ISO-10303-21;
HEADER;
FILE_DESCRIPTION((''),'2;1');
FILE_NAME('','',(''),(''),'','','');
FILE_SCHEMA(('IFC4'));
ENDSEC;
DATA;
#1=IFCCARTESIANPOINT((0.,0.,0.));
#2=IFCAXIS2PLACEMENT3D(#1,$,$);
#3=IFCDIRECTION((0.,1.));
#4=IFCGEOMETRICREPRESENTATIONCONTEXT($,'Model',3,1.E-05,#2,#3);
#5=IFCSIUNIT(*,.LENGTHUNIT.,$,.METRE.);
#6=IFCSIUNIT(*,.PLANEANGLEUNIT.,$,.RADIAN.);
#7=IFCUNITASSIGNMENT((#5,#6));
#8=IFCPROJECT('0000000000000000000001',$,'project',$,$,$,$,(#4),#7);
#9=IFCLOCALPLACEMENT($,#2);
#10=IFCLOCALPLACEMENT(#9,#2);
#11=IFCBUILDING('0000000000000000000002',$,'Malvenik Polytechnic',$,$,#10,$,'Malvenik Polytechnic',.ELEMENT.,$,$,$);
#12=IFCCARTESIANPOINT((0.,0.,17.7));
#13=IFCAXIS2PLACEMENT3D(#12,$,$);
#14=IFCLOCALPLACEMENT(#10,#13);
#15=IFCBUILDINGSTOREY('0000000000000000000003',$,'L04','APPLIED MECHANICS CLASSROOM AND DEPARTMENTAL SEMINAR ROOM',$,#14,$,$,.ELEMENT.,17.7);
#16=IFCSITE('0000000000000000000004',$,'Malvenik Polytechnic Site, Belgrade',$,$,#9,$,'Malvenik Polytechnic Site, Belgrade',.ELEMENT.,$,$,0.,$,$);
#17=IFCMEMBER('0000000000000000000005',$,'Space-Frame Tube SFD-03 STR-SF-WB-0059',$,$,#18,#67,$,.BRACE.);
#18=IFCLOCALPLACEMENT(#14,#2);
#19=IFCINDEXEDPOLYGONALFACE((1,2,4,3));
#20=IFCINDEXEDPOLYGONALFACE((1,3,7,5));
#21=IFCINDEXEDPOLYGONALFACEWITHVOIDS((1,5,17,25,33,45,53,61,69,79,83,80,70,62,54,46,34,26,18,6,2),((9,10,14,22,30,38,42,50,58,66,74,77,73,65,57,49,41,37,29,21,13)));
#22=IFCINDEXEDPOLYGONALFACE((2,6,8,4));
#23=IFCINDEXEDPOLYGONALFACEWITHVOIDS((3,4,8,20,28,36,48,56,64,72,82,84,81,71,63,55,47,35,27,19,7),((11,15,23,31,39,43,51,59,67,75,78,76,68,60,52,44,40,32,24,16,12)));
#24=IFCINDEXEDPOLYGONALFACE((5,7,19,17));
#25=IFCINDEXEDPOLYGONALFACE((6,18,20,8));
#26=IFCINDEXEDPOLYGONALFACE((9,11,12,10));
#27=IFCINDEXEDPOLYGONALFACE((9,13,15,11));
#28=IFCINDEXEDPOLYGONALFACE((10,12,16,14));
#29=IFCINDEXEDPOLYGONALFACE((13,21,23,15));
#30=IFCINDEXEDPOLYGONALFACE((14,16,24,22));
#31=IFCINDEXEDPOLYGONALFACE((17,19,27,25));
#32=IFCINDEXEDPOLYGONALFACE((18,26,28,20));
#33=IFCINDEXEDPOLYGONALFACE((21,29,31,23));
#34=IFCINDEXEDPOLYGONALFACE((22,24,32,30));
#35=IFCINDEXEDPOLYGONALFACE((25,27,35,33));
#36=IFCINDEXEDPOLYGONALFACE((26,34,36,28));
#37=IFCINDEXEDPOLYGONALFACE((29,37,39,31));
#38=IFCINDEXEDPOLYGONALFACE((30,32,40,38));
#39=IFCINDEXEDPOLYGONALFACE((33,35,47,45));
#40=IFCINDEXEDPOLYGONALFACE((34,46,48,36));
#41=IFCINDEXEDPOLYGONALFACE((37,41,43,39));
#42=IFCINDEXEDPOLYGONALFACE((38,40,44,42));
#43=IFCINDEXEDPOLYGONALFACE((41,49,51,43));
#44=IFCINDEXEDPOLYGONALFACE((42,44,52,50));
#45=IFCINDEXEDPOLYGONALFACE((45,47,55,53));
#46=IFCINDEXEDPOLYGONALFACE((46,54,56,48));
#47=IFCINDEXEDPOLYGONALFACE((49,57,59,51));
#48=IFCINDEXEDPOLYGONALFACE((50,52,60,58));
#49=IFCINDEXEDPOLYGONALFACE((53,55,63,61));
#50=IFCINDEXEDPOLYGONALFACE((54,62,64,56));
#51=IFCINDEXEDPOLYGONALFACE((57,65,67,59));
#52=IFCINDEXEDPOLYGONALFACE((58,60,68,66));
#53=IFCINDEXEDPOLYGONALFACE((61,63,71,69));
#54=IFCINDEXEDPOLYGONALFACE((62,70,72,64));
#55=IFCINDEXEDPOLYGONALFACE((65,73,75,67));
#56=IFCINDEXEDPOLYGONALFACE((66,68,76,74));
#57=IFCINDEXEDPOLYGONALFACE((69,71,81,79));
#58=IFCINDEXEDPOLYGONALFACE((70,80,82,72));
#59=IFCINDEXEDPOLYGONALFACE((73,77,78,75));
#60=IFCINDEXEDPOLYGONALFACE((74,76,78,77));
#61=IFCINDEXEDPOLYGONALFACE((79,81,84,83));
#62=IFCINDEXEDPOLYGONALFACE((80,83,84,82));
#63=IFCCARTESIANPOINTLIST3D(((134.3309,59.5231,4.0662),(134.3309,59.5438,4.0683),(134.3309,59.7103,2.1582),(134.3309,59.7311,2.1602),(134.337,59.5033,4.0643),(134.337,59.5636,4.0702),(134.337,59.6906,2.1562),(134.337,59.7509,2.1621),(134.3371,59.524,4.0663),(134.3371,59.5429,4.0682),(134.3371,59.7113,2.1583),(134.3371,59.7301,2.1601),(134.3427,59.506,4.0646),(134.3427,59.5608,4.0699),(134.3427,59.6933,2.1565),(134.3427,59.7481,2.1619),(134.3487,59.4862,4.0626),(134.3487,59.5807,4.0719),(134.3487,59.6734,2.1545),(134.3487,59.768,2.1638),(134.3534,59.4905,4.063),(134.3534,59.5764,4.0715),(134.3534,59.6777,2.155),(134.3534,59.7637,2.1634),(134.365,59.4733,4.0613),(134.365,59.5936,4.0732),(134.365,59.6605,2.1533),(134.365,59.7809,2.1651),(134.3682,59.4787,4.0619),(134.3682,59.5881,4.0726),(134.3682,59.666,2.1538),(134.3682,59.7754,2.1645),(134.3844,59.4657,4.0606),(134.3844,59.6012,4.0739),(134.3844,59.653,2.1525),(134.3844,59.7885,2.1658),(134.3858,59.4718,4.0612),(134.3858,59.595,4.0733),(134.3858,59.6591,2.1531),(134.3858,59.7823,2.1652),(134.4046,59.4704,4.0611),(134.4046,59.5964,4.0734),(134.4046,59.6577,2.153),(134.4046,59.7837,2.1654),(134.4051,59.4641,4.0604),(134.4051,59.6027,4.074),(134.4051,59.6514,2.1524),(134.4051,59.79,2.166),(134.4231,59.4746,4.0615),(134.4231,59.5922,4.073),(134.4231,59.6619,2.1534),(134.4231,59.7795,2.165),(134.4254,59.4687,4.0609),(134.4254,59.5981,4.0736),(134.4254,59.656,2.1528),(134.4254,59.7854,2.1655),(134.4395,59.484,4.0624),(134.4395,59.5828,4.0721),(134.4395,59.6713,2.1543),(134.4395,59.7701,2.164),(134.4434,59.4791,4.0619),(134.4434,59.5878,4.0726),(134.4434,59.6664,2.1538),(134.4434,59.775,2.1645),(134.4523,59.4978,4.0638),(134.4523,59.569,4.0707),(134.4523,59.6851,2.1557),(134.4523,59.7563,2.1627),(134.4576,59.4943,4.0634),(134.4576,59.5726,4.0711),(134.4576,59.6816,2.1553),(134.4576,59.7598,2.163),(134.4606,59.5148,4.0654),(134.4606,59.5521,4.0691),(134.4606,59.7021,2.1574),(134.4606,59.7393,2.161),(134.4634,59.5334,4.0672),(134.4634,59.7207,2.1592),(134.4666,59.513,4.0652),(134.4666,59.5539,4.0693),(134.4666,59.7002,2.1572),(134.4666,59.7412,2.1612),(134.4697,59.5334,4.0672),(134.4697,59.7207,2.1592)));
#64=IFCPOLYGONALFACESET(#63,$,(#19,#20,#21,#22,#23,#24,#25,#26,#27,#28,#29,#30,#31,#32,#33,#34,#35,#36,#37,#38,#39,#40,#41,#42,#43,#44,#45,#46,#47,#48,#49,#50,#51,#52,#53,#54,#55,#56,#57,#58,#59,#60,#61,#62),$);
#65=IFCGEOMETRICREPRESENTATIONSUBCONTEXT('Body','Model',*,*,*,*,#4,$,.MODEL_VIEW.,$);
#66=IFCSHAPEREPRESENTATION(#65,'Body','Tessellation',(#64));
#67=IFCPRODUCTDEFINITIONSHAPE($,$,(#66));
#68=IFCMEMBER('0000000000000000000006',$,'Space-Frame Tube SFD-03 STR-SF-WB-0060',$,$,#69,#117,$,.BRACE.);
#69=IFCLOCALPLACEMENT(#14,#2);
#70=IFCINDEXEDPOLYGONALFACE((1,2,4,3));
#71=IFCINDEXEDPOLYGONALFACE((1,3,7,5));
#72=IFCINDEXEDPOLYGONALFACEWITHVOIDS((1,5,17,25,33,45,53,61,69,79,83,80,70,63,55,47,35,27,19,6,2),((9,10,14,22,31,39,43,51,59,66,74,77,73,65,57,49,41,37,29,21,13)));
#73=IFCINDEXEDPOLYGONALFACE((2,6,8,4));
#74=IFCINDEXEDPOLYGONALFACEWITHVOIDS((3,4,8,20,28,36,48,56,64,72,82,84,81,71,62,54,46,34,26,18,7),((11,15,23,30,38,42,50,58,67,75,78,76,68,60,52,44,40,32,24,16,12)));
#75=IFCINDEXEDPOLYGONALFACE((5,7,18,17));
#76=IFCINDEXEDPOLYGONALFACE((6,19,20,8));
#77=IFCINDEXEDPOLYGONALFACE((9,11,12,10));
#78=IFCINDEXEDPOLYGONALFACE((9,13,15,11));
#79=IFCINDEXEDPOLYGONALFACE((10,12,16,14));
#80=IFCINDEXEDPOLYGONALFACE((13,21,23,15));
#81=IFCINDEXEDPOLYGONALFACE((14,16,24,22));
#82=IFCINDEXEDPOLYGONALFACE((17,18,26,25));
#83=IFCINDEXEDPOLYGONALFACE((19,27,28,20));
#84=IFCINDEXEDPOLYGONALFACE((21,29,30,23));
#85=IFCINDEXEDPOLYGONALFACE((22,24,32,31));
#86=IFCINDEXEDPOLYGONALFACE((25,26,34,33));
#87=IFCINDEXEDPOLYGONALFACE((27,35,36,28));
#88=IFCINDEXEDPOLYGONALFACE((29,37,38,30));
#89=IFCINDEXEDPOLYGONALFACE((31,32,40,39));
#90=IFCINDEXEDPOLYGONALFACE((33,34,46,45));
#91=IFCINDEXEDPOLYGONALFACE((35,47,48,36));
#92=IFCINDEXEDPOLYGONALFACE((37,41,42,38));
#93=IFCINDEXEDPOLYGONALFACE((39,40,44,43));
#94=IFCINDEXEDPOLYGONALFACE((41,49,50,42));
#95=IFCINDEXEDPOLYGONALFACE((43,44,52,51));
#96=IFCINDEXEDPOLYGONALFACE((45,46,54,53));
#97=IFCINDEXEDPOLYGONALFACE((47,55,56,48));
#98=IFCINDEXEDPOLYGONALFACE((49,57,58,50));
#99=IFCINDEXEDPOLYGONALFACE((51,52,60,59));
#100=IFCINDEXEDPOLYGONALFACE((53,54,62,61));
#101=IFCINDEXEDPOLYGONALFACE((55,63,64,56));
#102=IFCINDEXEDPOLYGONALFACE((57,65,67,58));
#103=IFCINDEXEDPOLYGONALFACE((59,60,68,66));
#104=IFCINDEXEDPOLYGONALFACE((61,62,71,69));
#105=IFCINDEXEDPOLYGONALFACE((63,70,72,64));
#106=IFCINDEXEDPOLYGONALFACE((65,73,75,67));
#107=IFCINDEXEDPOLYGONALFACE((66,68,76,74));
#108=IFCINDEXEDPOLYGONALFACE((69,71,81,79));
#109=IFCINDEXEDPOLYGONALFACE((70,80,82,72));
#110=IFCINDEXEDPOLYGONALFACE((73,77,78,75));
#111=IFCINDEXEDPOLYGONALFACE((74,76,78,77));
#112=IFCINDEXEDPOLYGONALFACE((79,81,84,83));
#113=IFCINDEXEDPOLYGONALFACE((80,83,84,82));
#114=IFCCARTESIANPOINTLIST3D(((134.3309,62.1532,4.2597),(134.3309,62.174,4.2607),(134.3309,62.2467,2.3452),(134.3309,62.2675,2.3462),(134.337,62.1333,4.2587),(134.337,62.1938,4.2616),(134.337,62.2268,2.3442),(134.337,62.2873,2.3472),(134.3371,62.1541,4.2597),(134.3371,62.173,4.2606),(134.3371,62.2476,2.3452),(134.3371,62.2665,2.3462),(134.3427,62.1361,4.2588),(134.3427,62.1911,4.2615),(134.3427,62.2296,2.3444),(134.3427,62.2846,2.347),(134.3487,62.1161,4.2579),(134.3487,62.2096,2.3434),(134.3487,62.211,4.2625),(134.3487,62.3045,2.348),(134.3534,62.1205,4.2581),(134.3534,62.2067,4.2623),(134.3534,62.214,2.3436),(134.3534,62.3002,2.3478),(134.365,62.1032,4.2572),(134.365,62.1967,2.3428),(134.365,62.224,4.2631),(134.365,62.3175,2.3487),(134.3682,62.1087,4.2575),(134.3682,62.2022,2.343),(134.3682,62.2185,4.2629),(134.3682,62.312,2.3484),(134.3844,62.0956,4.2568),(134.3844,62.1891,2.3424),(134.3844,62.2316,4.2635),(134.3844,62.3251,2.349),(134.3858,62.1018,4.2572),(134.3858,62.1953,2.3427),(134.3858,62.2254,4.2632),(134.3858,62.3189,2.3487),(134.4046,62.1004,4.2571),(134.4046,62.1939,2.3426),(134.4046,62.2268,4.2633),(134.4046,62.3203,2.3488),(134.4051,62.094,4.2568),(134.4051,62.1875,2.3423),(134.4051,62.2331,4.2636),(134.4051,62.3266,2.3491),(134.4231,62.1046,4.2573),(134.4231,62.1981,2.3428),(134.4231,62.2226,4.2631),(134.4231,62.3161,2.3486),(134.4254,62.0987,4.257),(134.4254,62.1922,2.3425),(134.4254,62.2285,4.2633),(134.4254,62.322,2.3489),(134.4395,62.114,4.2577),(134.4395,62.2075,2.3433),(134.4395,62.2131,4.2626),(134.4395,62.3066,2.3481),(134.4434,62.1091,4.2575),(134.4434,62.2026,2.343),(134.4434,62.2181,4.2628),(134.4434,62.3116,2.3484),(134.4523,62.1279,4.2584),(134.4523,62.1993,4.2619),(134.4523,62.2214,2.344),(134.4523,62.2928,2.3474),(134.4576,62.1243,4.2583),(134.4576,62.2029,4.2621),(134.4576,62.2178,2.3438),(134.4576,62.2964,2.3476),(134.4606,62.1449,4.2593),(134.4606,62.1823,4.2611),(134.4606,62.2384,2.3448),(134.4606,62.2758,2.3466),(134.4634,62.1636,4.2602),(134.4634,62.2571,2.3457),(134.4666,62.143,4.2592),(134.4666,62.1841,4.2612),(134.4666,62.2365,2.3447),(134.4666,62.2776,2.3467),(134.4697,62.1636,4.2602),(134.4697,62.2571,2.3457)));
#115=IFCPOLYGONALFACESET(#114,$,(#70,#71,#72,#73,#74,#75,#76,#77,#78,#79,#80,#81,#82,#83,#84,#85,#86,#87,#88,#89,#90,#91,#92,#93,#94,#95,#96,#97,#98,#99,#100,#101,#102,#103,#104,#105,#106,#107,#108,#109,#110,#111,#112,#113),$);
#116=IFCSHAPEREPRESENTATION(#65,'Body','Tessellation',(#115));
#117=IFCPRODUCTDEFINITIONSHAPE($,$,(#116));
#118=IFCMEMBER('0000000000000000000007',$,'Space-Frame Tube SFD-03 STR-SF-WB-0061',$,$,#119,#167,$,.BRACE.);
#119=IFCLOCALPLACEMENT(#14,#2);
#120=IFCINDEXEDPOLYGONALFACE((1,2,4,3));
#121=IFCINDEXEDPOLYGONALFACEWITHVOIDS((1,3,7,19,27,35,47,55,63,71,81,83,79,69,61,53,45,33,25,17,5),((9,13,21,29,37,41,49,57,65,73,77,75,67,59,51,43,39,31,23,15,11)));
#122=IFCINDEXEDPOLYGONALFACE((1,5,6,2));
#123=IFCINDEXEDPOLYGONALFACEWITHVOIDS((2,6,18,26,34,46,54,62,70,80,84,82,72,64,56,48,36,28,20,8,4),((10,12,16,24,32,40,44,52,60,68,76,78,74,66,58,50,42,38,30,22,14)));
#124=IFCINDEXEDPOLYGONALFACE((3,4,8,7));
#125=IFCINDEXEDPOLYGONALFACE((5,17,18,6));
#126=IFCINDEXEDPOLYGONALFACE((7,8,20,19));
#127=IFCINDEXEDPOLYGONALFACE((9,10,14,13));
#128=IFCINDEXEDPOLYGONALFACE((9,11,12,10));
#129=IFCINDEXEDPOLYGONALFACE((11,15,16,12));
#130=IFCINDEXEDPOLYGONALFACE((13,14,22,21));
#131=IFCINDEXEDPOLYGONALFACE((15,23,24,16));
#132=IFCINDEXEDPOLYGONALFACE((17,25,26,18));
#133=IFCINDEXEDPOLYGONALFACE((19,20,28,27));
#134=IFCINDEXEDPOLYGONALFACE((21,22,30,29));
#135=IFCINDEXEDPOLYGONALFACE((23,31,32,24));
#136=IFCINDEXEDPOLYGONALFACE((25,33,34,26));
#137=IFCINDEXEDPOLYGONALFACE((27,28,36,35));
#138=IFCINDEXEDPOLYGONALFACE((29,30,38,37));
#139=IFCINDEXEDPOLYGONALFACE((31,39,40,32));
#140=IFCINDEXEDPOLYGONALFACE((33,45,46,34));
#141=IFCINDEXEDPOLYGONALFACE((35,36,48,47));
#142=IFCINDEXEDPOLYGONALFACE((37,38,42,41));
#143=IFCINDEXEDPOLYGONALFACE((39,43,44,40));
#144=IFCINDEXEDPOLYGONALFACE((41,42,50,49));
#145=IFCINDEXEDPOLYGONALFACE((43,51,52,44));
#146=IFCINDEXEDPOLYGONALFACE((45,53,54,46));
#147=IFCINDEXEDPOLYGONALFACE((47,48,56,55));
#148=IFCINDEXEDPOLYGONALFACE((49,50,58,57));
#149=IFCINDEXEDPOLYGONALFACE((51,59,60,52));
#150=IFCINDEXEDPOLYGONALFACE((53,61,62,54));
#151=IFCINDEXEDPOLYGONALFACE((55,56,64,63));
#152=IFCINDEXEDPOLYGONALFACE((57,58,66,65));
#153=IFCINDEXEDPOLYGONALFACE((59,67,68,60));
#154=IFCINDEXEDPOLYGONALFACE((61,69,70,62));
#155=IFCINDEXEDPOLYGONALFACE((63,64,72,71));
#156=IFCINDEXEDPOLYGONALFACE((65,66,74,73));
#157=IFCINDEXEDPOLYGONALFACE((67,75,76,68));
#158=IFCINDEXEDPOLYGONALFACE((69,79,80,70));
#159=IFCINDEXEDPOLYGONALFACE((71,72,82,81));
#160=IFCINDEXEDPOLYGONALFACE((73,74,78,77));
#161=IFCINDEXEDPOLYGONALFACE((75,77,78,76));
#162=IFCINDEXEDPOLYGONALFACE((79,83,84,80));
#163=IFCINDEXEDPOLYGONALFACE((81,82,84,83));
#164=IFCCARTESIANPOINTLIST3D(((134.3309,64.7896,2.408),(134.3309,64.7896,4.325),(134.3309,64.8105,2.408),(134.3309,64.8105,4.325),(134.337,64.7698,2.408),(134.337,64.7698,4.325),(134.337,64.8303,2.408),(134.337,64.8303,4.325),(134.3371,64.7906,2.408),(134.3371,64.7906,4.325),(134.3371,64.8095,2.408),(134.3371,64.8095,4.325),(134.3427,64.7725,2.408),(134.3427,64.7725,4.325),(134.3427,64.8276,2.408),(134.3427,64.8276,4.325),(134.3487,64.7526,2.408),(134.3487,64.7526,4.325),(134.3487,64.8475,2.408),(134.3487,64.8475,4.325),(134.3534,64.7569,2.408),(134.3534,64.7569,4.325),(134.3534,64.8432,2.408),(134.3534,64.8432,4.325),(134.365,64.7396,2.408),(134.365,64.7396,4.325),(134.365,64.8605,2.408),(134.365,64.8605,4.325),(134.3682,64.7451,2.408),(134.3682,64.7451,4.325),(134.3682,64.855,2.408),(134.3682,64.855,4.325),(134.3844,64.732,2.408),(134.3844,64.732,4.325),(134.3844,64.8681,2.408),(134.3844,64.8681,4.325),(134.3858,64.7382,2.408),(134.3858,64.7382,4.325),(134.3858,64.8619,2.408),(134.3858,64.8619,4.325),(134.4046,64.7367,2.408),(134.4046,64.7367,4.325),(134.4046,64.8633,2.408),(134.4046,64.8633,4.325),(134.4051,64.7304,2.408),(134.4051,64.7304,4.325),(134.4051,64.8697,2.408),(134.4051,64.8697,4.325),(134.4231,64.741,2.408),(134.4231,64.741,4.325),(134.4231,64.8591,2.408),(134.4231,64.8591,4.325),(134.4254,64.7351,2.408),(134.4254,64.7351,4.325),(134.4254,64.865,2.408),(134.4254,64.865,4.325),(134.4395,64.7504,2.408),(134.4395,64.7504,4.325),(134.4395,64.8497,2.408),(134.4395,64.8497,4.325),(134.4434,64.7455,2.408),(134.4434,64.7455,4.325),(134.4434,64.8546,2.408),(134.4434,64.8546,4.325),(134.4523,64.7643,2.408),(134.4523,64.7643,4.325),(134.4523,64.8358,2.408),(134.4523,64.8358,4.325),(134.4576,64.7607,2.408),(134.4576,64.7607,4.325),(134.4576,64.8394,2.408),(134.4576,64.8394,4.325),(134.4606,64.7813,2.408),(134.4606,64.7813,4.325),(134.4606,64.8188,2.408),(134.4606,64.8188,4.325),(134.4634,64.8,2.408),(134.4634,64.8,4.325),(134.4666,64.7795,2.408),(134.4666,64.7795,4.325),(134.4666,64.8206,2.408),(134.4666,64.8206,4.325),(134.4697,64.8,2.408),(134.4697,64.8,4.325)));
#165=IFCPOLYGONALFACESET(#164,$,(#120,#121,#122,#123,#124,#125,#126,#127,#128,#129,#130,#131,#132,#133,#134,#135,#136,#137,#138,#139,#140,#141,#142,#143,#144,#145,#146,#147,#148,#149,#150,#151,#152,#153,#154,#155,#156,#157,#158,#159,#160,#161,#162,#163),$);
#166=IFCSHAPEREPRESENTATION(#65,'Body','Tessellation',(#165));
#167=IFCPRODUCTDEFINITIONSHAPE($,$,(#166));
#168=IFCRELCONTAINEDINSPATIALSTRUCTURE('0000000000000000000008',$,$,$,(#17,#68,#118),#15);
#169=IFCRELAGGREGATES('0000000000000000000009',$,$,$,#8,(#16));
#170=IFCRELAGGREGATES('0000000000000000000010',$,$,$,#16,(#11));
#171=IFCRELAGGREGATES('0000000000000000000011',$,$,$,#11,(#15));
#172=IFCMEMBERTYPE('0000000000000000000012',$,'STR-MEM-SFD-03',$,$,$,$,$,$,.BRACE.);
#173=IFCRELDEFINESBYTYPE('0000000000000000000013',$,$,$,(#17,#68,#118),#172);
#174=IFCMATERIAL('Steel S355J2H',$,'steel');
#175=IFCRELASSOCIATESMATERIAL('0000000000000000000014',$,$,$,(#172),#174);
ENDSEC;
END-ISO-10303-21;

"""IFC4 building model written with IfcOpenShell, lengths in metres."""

from ifc_helpers import new_model, si_unit, direction, frame, origin, origin_2d, place, context, subcontext, project, spatial, hollow_circle, extrude, material, material_profile, profile_set, type_object, element, save


model = new_model("IFC4")

# Units and contexts
model_context = context("Model", 3, precision=1e-05, world=origin(), true_north=direction((0.0, 1.0)))
body_context = subcontext(model_context, "Body", "Model", "MODEL_VIEW")
ifc_project = project(units=[si_unit("LENGTHUNIT", "METRE"), si_unit("PLANEANGLEUNIT", "RADIAN")], contexts=[model_context])

# Site, building, storey
site_placement = place(None, origin())
site = spatial("IfcSite", under=ifc_project, at=site_placement, Name="Malvenik Polytechnic Site, Belgrade", LongName="Malvenik Polytechnic Site, Belgrade", CompositionType="ELEMENT", RefElevation=0.0)
building_placement = place(site_placement, origin())
building = spatial("IfcBuilding", under=site, at=building_placement, Name="Malvenik Polytechnic", LongName="Malvenik Polytechnic", CompositionType="ELEMENT")
storey_placement = place(building_placement, frame((0.0, 0.0, 17.7)))
storey = spatial("IfcBuildingStorey", under=building, at=storey_placement, Name="L04", Description="APPLIED MECHANICS CLASSROOM AND DEPARTMENTAL SEMINAR ROOM", CompositionType="ELEMENT", Elevation=17.7)

# Members
ifc_material = material(Name="Steel S355J2H", Category="steel")
ifc_material_profile_1 = material_profile(ifc_material, hollow_circle(Radius=0.0698, WallThickness=0.0063, at=origin_2d()), Name="CHS 139.7x6.3")
ifc_profile_set_1 = profile_set([ifc_material_profile_1], Name="Steel S355J2H")
member_type_1 = type_object("IfcMemberType", Name="STR-MEM-SFD-03", PredefinedType="BRACE", material=ifc_profile_set_1)
member_1_placement = place(storey_placement, frame((134.3999, 59.7207, 2.1592), z_axis=(0.0, -0.097675, 0.995218), x_axis=(1.0, 0.0, 0.0)))
element("IfcMember", 1, at=member_1_placement, inside=storey, type_object=member_type_1, Name="Space-Frame Tube SFD-03 STR-SF-WB-0059", PredefinedType="BRACE", context=body_context, shape_type="SweptSolid", body=[
    extrude(hollow_circle(Radius=0.0698, WallThickness=0.0063, at=origin_2d()), origin(), (0.0, 0.0, 1.0), 1.9172),
])
member_2_placement = place(storey_placement, frame((134.3999, 62.2571, 2.3457), z_axis=(0.0, -0.048781, 0.998809), x_axis=(1.0, 0.0, 0.0)))
element("IfcMember", 2, at=member_2_placement, inside=storey, type_object=member_type_1, Name="Space-Frame Tube SFD-03 STR-SF-WB-0060", PredefinedType="BRACE", context=body_context, shape_type="SweptSolid", body=[
    extrude(hollow_circle(Radius=0.0698, WallThickness=0.0063, at=origin_2d()), origin(), (0.0, 0.0, 1.0), 1.9167),
])
member_3_placement = place(storey_placement, frame((134.3999, 64.8, 2.408), z_axis=(0.0, 0.0, 1.0), x_axis=(1.0, 0.0, 0.0)))
element("IfcMember", 3, at=member_3_placement, inside=storey, type_object=member_type_1, Name="Space-Frame Tube SFD-03 STR-SF-WB-0061", PredefinedType="BRACE", context=body_context, shape_type="SweptSolid", body=[
    extrude(hollow_circle(Radius=0.0698, WallThickness=0.0063, at=origin_2d()), origin(), (0.0, 0.0, 1.0), 1.917),
])

save(model, "model.ifc")
